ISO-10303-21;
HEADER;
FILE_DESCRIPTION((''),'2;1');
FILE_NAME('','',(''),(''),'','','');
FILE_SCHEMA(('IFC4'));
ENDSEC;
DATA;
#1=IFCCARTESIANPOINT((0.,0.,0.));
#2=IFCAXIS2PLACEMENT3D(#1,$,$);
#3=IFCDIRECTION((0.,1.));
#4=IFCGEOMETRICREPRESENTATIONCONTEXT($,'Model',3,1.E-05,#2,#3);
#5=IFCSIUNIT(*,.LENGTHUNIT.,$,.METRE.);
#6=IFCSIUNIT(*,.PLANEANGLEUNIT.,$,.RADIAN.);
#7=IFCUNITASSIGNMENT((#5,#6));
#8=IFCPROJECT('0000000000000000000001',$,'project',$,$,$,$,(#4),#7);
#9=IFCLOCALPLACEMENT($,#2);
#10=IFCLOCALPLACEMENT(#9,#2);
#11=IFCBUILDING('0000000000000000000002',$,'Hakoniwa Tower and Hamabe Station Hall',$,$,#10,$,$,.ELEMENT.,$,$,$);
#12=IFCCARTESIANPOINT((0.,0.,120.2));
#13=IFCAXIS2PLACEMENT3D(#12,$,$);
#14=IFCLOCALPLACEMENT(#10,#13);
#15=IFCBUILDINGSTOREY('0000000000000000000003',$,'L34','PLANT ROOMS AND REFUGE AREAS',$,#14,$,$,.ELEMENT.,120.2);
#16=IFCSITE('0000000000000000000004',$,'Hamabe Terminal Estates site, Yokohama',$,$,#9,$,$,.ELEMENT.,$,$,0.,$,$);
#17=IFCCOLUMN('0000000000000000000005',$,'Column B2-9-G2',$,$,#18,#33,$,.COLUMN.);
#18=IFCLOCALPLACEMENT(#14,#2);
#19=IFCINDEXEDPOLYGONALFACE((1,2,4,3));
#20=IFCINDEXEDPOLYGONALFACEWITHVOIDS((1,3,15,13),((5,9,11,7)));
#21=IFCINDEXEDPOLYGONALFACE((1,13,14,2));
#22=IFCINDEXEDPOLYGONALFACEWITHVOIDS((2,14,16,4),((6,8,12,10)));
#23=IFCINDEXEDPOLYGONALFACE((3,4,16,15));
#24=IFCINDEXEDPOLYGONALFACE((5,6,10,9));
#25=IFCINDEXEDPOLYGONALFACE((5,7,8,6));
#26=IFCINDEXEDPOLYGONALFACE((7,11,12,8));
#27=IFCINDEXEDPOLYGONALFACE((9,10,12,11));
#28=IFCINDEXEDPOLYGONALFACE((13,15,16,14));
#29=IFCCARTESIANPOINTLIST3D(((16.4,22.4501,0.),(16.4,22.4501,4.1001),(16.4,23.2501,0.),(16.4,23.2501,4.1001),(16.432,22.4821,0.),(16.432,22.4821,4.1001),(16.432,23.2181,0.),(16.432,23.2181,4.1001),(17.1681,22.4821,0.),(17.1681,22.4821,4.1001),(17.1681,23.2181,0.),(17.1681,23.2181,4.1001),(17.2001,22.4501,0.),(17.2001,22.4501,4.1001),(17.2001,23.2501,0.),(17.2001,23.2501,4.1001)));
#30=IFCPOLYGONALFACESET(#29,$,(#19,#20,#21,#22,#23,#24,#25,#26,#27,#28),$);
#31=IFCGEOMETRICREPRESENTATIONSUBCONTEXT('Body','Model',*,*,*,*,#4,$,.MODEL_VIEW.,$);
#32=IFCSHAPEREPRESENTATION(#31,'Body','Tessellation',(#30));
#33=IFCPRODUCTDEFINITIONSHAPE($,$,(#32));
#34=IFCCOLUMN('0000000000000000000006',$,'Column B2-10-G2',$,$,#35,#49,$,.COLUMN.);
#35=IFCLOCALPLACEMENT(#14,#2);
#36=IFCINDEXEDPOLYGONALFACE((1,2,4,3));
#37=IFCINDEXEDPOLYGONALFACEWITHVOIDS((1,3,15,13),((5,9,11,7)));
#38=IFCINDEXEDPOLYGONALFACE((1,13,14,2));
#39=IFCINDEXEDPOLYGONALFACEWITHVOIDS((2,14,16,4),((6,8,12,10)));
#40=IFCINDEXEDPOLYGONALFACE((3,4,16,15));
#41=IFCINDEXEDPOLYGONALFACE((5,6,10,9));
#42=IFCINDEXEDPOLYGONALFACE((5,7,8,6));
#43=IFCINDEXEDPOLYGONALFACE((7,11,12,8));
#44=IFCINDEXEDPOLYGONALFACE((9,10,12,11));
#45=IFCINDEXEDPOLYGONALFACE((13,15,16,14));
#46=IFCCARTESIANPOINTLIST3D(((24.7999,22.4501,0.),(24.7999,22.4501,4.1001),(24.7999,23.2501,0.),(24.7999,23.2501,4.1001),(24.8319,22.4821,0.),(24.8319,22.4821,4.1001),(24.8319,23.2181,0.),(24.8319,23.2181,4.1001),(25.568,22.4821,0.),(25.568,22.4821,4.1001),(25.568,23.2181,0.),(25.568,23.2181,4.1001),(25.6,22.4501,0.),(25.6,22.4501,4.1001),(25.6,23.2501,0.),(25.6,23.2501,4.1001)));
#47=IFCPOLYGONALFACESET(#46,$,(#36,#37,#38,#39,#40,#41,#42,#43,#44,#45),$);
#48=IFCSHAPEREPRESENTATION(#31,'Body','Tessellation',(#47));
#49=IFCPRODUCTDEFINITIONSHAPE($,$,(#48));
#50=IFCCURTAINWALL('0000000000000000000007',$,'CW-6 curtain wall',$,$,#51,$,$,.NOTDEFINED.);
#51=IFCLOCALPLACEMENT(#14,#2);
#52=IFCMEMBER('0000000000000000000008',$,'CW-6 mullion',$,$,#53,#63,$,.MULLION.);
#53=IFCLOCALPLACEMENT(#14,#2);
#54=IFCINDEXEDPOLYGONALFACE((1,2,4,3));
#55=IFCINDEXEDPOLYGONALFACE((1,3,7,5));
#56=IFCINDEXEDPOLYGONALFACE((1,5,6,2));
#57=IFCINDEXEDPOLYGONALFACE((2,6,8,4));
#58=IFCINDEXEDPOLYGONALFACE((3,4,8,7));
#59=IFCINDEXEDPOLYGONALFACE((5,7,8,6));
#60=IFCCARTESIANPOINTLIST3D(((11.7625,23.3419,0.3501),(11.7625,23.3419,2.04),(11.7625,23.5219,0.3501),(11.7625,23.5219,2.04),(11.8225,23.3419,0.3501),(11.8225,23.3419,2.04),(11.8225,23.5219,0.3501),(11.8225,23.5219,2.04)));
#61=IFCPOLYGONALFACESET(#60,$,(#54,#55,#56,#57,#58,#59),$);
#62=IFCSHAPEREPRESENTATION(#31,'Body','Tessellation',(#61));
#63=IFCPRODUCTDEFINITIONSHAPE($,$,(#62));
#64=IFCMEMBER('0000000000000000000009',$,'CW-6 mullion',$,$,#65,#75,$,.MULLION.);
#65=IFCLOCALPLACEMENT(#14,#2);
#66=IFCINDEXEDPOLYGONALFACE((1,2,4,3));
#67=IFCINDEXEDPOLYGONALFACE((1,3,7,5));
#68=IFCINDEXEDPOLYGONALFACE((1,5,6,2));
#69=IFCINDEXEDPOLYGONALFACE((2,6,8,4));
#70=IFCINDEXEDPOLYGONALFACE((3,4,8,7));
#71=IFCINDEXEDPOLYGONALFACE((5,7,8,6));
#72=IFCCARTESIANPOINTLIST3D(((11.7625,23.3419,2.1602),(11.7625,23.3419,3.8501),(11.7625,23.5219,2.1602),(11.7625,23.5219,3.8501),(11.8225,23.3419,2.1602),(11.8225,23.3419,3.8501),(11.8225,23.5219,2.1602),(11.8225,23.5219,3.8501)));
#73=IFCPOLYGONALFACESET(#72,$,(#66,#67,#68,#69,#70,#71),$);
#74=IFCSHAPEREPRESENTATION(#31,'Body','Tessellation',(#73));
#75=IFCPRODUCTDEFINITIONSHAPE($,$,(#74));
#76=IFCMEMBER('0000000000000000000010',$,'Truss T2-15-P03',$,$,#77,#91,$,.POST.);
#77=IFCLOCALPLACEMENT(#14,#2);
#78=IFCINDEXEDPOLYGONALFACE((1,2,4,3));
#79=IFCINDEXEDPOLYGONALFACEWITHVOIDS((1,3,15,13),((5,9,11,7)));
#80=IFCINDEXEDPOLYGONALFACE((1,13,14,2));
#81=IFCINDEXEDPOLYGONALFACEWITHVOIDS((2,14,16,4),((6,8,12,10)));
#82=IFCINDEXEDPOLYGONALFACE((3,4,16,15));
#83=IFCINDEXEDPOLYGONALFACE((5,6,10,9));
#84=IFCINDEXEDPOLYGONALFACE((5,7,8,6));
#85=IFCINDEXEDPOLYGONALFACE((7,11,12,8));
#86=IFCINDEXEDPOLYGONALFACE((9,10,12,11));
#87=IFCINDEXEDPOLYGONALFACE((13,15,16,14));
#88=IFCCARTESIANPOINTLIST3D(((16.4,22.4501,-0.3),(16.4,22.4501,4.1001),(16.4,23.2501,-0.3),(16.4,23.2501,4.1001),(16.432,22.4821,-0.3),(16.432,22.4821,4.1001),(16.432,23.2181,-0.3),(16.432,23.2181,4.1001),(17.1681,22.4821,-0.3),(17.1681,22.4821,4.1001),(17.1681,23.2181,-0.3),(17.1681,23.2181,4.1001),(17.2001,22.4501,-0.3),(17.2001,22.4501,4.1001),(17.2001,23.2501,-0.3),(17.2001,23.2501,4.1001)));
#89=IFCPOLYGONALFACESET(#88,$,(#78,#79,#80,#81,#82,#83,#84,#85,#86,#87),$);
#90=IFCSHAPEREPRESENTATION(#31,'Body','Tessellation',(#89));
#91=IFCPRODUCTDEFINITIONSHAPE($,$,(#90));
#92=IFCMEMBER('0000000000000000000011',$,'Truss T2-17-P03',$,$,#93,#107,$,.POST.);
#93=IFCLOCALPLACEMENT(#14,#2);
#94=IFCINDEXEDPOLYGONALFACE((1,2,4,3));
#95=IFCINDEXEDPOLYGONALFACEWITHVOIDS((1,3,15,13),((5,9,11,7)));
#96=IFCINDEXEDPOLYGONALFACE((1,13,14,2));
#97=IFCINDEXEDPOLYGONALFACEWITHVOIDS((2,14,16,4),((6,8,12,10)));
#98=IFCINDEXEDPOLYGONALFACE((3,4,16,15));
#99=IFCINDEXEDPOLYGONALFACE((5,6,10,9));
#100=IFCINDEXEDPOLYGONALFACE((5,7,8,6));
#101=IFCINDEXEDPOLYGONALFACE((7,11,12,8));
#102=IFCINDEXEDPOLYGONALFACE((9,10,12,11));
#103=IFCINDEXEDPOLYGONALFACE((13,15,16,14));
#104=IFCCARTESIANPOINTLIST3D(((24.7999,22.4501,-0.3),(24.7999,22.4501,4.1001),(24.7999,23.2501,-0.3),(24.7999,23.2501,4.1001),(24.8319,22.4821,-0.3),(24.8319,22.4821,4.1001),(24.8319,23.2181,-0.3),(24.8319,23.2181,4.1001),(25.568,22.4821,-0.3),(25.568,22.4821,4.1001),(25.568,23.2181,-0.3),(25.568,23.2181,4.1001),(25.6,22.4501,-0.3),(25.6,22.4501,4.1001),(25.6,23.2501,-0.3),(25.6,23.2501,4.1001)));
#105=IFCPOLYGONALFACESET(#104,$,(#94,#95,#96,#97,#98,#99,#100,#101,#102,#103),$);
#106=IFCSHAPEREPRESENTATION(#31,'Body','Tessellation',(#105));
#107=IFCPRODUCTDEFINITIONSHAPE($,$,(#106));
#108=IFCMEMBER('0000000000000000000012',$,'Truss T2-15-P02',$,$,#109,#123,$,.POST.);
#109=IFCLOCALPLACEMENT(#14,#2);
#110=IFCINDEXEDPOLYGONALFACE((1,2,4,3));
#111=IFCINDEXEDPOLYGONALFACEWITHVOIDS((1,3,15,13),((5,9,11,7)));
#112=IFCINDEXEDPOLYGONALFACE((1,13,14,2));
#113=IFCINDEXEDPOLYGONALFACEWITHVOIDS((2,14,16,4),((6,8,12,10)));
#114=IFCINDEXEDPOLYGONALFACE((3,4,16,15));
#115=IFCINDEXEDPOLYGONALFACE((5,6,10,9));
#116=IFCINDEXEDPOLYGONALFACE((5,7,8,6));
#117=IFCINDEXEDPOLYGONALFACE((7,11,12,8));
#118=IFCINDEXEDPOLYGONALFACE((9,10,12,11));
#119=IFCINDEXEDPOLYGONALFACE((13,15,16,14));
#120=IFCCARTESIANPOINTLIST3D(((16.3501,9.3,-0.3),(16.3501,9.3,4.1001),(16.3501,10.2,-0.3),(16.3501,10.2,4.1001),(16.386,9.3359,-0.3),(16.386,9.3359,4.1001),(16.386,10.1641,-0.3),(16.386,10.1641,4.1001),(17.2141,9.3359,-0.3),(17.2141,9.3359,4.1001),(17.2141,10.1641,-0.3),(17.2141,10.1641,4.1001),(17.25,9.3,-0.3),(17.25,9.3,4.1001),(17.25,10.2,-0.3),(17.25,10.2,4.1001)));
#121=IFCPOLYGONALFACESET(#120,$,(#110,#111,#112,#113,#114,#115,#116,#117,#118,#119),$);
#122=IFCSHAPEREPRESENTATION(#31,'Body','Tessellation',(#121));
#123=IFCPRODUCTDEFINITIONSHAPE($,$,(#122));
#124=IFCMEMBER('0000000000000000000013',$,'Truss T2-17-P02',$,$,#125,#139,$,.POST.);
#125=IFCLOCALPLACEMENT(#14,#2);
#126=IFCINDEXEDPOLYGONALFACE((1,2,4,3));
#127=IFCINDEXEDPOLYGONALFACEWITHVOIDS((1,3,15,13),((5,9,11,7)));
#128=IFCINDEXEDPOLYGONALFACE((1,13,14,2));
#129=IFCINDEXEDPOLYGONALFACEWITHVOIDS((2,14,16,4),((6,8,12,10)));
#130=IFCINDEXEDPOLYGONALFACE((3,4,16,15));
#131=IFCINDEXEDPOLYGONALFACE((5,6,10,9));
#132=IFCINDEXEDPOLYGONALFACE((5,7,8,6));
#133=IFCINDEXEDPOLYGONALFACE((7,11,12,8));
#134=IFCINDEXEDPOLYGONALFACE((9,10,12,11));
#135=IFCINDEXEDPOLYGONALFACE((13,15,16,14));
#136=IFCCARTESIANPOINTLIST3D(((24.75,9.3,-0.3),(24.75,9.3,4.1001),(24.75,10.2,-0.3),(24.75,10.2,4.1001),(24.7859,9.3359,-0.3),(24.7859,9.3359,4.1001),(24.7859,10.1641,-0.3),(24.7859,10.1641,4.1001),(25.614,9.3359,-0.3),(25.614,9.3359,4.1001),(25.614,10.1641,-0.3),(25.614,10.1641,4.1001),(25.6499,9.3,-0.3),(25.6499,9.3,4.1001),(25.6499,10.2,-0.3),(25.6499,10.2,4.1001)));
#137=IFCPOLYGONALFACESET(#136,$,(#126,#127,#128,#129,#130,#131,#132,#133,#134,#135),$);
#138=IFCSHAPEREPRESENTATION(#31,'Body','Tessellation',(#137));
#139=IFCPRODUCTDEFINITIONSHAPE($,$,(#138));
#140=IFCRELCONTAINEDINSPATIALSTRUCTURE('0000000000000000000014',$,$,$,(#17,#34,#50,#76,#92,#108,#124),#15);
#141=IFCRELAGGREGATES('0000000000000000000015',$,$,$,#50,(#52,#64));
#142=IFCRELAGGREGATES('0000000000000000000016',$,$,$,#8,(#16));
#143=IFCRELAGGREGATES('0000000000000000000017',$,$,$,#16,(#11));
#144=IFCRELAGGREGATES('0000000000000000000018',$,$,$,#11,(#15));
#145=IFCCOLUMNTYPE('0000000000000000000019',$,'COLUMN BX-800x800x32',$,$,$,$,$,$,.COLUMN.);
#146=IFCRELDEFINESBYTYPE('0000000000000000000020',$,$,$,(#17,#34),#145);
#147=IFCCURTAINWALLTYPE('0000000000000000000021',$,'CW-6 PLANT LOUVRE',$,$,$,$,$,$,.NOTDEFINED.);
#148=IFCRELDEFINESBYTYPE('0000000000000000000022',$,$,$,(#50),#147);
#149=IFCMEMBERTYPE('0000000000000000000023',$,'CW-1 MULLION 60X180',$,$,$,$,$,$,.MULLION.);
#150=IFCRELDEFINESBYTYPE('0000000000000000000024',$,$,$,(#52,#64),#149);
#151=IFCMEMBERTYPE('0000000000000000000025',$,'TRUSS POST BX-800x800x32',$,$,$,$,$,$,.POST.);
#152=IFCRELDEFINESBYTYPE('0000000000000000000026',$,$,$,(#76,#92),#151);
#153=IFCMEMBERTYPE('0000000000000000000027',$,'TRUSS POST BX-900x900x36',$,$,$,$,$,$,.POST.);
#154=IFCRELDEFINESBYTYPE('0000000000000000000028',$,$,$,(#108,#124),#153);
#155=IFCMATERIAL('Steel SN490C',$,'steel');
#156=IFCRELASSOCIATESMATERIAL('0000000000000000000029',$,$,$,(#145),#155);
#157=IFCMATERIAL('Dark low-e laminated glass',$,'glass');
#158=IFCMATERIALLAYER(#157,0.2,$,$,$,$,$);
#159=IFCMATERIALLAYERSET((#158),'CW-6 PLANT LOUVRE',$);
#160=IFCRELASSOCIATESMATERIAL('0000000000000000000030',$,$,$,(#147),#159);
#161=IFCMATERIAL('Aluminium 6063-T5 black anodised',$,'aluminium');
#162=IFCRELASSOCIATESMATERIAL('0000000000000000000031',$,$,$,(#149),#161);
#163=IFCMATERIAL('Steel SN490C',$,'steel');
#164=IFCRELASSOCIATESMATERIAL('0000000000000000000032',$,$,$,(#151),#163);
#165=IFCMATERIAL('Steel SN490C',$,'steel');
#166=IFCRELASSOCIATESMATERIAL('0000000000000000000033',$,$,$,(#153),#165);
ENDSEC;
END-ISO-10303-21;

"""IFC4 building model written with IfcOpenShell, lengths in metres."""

from ifc_helpers import new_model, si_unit, direction, frame, origin, origin_2d, place, context, subcontext, project, spatial, rectangle, hollow_rectangle, extrude, material, layer, layer_set, material_profile, profile_set, type_object, element, aggregate, save


model = new_model("IFC4")

# Units and contexts
model_context = context("Model", 3, precision=1e-05, world=origin(), true_north=direction((0.0, 1.0)))
body_context = subcontext(model_context, "Body", "Model", "MODEL_VIEW")
ifc_project = project(units=[si_unit("LENGTHUNIT", "METRE"), si_unit("PLANEANGLEUNIT", "RADIAN")], contexts=[model_context])

# Site, building, storey
site_placement = place(None, origin())
site = spatial("IfcSite", under=ifc_project, at=site_placement, Name="Hamabe Terminal Estates site, Yokohama", CompositionType="ELEMENT", RefElevation=0.0)
building_placement = place(site_placement, origin())
building = spatial("IfcBuilding", under=site, at=building_placement, Name="Hakoniwa Tower and Hamabe Station Hall", CompositionType="ELEMENT")
storey_placement = place(building_placement, frame((0.0, 0.0, 120.2)))
storey = spatial("IfcBuildingStorey", under=building, at=storey_placement, Name="L34", Description="PLANT ROOMS AND REFUGE AREAS", CompositionType="ELEMENT", Elevation=120.2)

# Columns
ifc_material_1 = material(Name="Steel SN490C", Category="steel")
ifc_material_profile_1 = material_profile(ifc_material_1, hollow_rectangle(XDim=0.8, YDim=0.8, WallThickness=0.032, at=origin_2d()), Name="BX-800x800x32")
ifc_profile_set_1 = profile_set([ifc_material_profile_1], Name="Steel SN490C")
column_type = type_object("IfcColumnType", Name="COLUMN BX-800x800x32", PredefinedType="COLUMN", material=ifc_profile_set_1)
for number, where, z_axis, x_axis, name in (
    (1, (16.8, 22.8501, 0.0), (0.0, 0.0, 1.0), (1.0, 0.0, 0.0), "Column B2-9-G2"),
    (2, (25.2, 22.8501, 0.0), (0.0, 0.0, 1.0), (1.0, 0.0, 0.0), "Column B2-10-G2"),
):
    element("IfcColumn", number, at=place(storey_placement, frame(where, z_axis=z_axis, x_axis=x_axis)), inside=storey, type_object=column_type, Name=name, PredefinedType="COLUMN", context=body_context, shape_type="SweptSolid", body=[
        extrude(hollow_rectangle(XDim=0.8, YDim=0.8, WallThickness=0.032, at=origin_2d()), origin(), (0.0, 0.0, 1.0), 4.1001),
    ])

# Curtain wall, members
ifc_material_2 = material(Name="Dark low-e laminated glass", Category="glass")
ifc_layer_1 = layer(ifc_material_2, 0.2)
ifc_layer_set_1 = layer_set([ifc_layer_1], Name="CW-6 PLANT LOUVRE")
curtain_wall_type = type_object("IfcCurtainWallType", Name="CW-6 PLANT LOUVRE", PredefinedType="NOTDEFINED", material=ifc_layer_set_1)
curtain_wall_placement = place(storey_placement, origin())
curtain_wall = element("IfcCurtainWall", 3, at=curtain_wall_placement, inside=storey, type_object=curtain_wall_type, Name="CW-6 curtain wall", PredefinedType="NOTDEFINED")
ifc_material_3 = material(Name="Aluminium 6063-T5 black anodised", Category="aluminium")
ifc_material_profile_2 = material_profile(ifc_material_3, rectangle(XDim=0.0601, YDim=0.1799, at=origin_2d()), Name="CW-1 MULLION 60X180")
ifc_profile_set_2 = profile_set([ifc_material_profile_2], Name="Aluminium 6063-T5 black anodised")
member_type_1 = type_object("IfcMemberType", Name="CW-1 MULLION 60X180", PredefinedType="MULLION", material=ifc_profile_set_2)
member_1_placement = place(storey_placement, frame((11.7925, 23.4319, 0.3501), z_axis=(0.0, 0.0, 1.0), x_axis=(-1.0, 0.0, 0.0)))
member_1 = element("IfcMember", 4, at=member_1_placement, type_object=member_type_1, Name="CW-6 mullion", PredefinedType="MULLION", context=body_context, shape_type="SweptSolid", body=[
    extrude(rectangle(XDim=0.0601, YDim=0.1799, at=origin_2d()), origin(), (0.0, 0.0, 1.0), 1.6899),
])
member_2_placement = place(storey_placement, frame((11.7925, 23.4319, 2.1602), z_axis=(0.0, 0.0, 1.0), x_axis=(-1.0, 0.0, 0.0)))
member_2 = element("IfcMember", 5, at=member_2_placement, type_object=member_type_1, Name="CW-6 mullion", PredefinedType="MULLION", context=body_context, shape_type="SweptSolid", body=[
    extrude(rectangle(XDim=0.0601, YDim=0.1799, at=origin_2d()), origin(), (0.0, 0.0, 1.0), 1.6899),
])

# Members
ifc_material_4 = material(Name="Steel SN490C", Category="steel")
ifc_material_profile_3 = material_profile(ifc_material_4, hollow_rectangle(XDim=0.8, YDim=0.8, WallThickness=0.032, at=origin_2d()), Name="BX-800x800x32")
ifc_profile_set_3 = profile_set([ifc_material_profile_3], Name="Steel SN490C")
member_type_2 = type_object("IfcMemberType", Name="TRUSS POST BX-800x800x32", PredefinedType="POST", material=ifc_profile_set_3)
for number, where, z_axis, x_axis, name in (
    (6, (16.8, 22.8501, -0.3), (0.0, 0.0, 1.0), (1.0, 0.0, 0.0), "Truss T2-15-P03"),
    (7, (25.2, 22.8501, -0.3), (0.0, 0.0, 1.0), (1.0, 0.0, 0.0), "Truss T2-17-P03"),
):
    element("IfcMember", number, at=place(storey_placement, frame(where, z_axis=z_axis, x_axis=x_axis)), inside=storey, type_object=member_type_2, Name=name, PredefinedType="POST", context=body_context, shape_type="SweptSolid", body=[
        extrude(hollow_rectangle(XDim=0.8, YDim=0.8, WallThickness=0.032, at=origin_2d()), origin(), (0.0, 0.0, 1.0), 4.4001),
    ])
ifc_material_5 = material(Name="Steel SN490C", Category="steel")
ifc_material_profile_4 = material_profile(ifc_material_5, hollow_rectangle(XDim=0.8999, YDim=0.8999, WallThickness=0.0359, at=origin_2d()), Name="BX-900x900x36")
ifc_profile_set_4 = profile_set([ifc_material_profile_4], Name="Steel SN490C")
member_type_3 = type_object("IfcMemberType", Name="TRUSS POST BX-900x900x36", PredefinedType="POST", material=ifc_profile_set_4)
for number, where, z_axis, x_axis, name in (
    (8, (16.8, 9.75, -0.3), (0.0, 0.0, 1.0), (1.0, 0.0, 0.0), "Truss T2-15-P02"),
    (9, (25.2, 9.75, -0.3), (0.0, 0.0, 1.0), (1.0, 0.0, 0.0), "Truss T2-17-P02"),
):
    element("IfcMember", number, at=place(storey_placement, frame(where, z_axis=z_axis, x_axis=x_axis)), inside=storey, type_object=member_type_3, Name=name, PredefinedType="POST", context=body_context, shape_type="SweptSolid", body=[
        extrude(hollow_rectangle(XDim=0.8999, YDim=0.8999, WallThickness=0.0359, at=origin_2d()), origin(), (0.0, 0.0, 1.0), 4.4001),
    ])

aggregate(curtain_wall, [member_1, member_2])

save(model, "model.ifc")
